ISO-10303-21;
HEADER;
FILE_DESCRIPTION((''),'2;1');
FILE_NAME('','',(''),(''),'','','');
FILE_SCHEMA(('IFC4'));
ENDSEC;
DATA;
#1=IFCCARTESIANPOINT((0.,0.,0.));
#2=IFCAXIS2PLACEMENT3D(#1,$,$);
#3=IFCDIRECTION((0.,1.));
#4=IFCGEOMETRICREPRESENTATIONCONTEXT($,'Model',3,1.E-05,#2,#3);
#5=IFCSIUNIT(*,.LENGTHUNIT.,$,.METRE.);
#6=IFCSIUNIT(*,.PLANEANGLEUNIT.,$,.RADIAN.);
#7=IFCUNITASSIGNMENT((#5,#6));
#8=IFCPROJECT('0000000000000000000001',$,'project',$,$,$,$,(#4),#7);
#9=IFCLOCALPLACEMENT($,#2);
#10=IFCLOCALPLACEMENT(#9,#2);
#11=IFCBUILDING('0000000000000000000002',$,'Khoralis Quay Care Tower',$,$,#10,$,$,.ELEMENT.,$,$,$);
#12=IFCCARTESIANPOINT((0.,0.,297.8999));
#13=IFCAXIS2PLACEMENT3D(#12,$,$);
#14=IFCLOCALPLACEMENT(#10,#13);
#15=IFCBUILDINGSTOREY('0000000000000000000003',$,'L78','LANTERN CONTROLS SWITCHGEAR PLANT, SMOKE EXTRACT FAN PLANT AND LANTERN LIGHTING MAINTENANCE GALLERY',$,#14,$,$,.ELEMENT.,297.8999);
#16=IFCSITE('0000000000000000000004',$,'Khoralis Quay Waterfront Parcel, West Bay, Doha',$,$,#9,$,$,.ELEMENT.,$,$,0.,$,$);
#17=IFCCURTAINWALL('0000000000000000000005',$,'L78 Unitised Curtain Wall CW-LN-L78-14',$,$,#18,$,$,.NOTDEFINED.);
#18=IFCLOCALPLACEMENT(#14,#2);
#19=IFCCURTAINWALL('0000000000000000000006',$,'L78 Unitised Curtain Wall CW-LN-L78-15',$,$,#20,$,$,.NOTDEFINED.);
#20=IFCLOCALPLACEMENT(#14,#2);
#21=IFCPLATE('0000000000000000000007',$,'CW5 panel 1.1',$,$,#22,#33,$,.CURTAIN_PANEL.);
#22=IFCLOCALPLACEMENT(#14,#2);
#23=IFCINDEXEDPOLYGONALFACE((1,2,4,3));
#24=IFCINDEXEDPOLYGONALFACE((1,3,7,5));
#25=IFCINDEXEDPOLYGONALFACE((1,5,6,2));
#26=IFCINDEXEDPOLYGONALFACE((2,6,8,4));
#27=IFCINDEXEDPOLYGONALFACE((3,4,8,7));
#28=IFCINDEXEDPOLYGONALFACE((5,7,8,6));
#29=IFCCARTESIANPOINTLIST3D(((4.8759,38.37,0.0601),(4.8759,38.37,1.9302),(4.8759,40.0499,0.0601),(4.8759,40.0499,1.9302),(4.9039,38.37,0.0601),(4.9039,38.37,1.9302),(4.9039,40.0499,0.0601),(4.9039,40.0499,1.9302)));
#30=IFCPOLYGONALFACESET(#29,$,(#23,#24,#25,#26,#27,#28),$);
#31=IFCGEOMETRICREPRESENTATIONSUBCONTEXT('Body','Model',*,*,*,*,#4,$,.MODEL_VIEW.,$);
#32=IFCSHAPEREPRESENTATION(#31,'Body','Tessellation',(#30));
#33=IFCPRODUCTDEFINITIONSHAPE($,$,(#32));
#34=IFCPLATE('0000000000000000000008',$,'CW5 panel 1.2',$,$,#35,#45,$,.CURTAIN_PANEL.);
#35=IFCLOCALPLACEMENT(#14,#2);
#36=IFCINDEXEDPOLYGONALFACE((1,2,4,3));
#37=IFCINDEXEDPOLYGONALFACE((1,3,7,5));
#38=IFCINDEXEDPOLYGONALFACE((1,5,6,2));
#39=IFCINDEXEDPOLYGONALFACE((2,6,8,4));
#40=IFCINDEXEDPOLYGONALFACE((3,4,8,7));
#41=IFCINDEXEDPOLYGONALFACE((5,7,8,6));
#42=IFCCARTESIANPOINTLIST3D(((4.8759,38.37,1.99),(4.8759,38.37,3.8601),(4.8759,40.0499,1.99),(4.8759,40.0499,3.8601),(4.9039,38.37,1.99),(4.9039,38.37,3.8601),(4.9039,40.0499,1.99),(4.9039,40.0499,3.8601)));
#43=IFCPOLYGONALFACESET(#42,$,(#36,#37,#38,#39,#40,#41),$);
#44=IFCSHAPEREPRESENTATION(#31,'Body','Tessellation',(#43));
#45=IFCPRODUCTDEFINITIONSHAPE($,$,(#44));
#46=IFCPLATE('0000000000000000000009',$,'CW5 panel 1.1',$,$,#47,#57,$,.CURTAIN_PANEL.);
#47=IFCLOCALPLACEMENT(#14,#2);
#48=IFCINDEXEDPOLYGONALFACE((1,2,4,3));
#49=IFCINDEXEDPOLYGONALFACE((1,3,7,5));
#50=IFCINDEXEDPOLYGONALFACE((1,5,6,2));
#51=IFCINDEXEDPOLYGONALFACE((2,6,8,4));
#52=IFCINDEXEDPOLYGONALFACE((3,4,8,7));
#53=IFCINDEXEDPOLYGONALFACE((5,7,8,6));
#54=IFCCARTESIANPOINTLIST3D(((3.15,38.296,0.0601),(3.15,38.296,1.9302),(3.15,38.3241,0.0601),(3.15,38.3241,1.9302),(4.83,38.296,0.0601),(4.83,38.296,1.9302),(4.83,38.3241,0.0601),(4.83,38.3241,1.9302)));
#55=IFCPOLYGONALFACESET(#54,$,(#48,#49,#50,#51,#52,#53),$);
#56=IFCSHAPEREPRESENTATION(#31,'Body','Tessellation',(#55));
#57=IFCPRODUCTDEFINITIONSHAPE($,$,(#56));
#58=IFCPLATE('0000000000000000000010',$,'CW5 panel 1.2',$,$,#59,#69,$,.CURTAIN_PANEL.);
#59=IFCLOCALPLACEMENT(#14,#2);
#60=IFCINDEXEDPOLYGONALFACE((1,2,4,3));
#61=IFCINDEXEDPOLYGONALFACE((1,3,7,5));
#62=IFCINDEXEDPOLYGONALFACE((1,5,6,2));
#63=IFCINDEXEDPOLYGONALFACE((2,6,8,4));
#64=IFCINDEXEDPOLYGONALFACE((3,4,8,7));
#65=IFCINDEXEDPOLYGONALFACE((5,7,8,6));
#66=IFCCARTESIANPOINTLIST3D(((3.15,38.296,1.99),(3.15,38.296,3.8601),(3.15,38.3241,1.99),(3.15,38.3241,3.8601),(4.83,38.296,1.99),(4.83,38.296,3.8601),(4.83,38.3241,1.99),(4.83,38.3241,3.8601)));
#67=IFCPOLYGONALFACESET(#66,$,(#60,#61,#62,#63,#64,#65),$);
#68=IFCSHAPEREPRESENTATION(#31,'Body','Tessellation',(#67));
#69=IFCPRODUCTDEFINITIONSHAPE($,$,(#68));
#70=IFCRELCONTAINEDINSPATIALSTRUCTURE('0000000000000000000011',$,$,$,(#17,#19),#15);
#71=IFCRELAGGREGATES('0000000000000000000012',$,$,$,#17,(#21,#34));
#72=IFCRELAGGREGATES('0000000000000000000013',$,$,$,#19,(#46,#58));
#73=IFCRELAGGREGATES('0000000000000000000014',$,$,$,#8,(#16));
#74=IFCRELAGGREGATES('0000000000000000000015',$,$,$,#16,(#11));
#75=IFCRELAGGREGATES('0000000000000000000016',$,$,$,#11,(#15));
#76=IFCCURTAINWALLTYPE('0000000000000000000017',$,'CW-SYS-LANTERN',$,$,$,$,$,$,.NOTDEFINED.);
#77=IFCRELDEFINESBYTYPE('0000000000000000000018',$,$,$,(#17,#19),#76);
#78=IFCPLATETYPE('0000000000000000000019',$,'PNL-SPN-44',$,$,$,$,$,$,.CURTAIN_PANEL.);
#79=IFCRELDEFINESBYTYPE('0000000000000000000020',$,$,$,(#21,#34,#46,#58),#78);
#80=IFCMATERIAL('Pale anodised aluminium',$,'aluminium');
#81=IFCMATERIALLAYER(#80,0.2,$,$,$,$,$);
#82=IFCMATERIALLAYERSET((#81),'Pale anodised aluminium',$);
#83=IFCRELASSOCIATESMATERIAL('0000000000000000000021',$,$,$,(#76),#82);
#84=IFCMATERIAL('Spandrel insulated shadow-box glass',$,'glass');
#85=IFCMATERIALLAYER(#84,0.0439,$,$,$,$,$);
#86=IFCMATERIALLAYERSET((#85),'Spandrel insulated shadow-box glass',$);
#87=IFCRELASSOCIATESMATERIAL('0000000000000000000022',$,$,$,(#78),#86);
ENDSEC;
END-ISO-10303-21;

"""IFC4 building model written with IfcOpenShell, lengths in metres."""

from ifc_helpers import new_model, si_unit, direction, frame, origin, origin_2d, place, context, subcontext, project, spatial, rectangle, extrude, source, transform, mapped, material, layer, layer_set, type_object, element, aggregate, save


model = new_model("IFC4")

# Units and contexts
model_context = context("Model", 3, precision=1e-05, world=origin(), true_north=direction((0.0, 1.0)))
body_context = subcontext(model_context, "Body", "Model", "MODEL_VIEW")
ifc_project = project(units=[si_unit("LENGTHUNIT", "METRE"), si_unit("PLANEANGLEUNIT", "RADIAN")], contexts=[model_context])

# Site, building, storey
site_placement = place(None, origin())
site = spatial("IfcSite", under=ifc_project, at=site_placement, Name="Khoralis Quay Waterfront Parcel, West Bay, Doha", CompositionType="ELEMENT", RefElevation=0.0)
building_placement = place(site_placement, origin())
building = spatial("IfcBuilding", under=site, at=building_placement, Name="Khoralis Quay Care Tower", CompositionType="ELEMENT")
storey_placement = place(building_placement, frame((0.0, 0.0, 297.8999)))
storey = spatial("IfcBuildingStorey", under=building, at=storey_placement, Name="L78", Description="LANTERN CONTROLS SWITCHGEAR PLANT, SMOKE EXTRACT FAN PLANT AND LANTERN LIGHTING MAINTENANCE GALLERY", CompositionType="ELEMENT", Elevation=297.8999)

# Shared definitions
ifc_material_1 = material(Name="Pale anodised aluminium", Category="aluminium")
ifc_layer_1 = layer(ifc_material_1, 0.2)
ifc_layer_set_1 = layer_set([ifc_layer_1], Name="Pale anodised aluminium")
curtain_wall_type = type_object("IfcCurtainWallType", Name="CW-SYS-LANTERN", PredefinedType="NOTDEFINED", material=ifc_layer_set_1)

# Curtain walls
curtain_wall_1_placement = place(storey_placement, origin())
curtain_wall_1 = element("IfcCurtainWall", 1, at=curtain_wall_1_placement, inside=storey, type_object=curtain_wall_type, Name="L78 Unitised Curtain Wall CW-LN-L78-14", PredefinedType="NOTDEFINED")
curtain_wall_2_placement = place(storey_placement, origin())
curtain_wall_2 = element("IfcCurtainWall", 2, at=curtain_wall_2_placement, inside=storey, type_object=curtain_wall_type, Name="L78 Unitised Curtain Wall CW-LN-L78-15", PredefinedType="NOTDEFINED")

# Plates
ifc_material_2 = material(Name="Spandrel insulated shadow-box glass", Category="glass")
ifc_layer_2 = layer(ifc_material_2, 0.0439)
ifc_layer_set_2 = layer_set([ifc_layer_2], Name="Spandrel insulated shadow-box glass")
plate_type = type_object("IfcPlateType", Name="PNL-SPN-44", PredefinedType="CURTAIN_PANEL", material=ifc_layer_set_2)
shared_shape_1 = source(origin(), body_context, "Body", "SweptSolid", [
    extrude(rectangle(XDim=1.6799, YDim=0.0281, at=origin_2d()), origin(), (0.0, 0.0, 1.0), 1.8701),
])
plate_1_placement = place(storey_placement, frame((4.8899, 39.21, 0.0601), z_axis=(0.0, 0.0, 1.0), x_axis=(0.0, -1.0, 0.0)))
plate_1 = element("IfcPlate", 3, at=plate_1_placement, type_object=plate_type, Name="CW5 panel 1.1", PredefinedType="CURTAIN_PANEL", context=body_context, shape_type="MappedRepresentation", body=[
    mapped(shared_shape_1, transform((0.0, 0.0, 0.0), scale=1.0)),
])
plate_2_placement = place(storey_placement, frame((4.8899, 39.21, 1.99), z_axis=(0.0, 0.0, 1.0), x_axis=(0.0, -1.0, 0.0)))
plate_2 = element("IfcPlate", 4, at=plate_2_placement, type_object=plate_type, Name="CW5 panel 1.2", PredefinedType="CURTAIN_PANEL", context=body_context, shape_type="MappedRepresentation", body=[
    mapped(shared_shape_1, transform((0.0, 0.0, 0.0), scale=1.0)),
])
aggregate(curtain_wall_1, [plate_1, plate_2])
plate_3_placement = place(storey_placement, frame((3.99, 38.3101, 0.0601), z_axis=(0.0, 0.0, 1.0), x_axis=(-1.0, 0.0, 0.0)))
plate_3 = element("IfcPlate", 5, at=plate_3_placement, type_object=plate_type, Name="CW5 panel 1.1", PredefinedType="CURTAIN_PANEL", context=body_context, shape_type="MappedRepresentation", body=[
    mapped(shared_shape_1, transform((0.0, 0.0, 0.0), scale=1.0)),
])
plate_4_placement = place(storey_placement, frame((3.99, 38.3101, 1.99), z_axis=(0.0, 0.0, 1.0), x_axis=(-1.0, 0.0, 0.0)))
plate_4 = element("IfcPlate", 6, at=plate_4_placement, type_object=plate_type, Name="CW5 panel 1.2", PredefinedType="CURTAIN_PANEL", context=body_context, shape_type="MappedRepresentation", body=[
    mapped(shared_shape_1, transform((0.0, 0.0, 0.0), scale=1.0)),
])
aggregate(curtain_wall_2, [plate_3, plate_4])

save(model, "model.ifc")
